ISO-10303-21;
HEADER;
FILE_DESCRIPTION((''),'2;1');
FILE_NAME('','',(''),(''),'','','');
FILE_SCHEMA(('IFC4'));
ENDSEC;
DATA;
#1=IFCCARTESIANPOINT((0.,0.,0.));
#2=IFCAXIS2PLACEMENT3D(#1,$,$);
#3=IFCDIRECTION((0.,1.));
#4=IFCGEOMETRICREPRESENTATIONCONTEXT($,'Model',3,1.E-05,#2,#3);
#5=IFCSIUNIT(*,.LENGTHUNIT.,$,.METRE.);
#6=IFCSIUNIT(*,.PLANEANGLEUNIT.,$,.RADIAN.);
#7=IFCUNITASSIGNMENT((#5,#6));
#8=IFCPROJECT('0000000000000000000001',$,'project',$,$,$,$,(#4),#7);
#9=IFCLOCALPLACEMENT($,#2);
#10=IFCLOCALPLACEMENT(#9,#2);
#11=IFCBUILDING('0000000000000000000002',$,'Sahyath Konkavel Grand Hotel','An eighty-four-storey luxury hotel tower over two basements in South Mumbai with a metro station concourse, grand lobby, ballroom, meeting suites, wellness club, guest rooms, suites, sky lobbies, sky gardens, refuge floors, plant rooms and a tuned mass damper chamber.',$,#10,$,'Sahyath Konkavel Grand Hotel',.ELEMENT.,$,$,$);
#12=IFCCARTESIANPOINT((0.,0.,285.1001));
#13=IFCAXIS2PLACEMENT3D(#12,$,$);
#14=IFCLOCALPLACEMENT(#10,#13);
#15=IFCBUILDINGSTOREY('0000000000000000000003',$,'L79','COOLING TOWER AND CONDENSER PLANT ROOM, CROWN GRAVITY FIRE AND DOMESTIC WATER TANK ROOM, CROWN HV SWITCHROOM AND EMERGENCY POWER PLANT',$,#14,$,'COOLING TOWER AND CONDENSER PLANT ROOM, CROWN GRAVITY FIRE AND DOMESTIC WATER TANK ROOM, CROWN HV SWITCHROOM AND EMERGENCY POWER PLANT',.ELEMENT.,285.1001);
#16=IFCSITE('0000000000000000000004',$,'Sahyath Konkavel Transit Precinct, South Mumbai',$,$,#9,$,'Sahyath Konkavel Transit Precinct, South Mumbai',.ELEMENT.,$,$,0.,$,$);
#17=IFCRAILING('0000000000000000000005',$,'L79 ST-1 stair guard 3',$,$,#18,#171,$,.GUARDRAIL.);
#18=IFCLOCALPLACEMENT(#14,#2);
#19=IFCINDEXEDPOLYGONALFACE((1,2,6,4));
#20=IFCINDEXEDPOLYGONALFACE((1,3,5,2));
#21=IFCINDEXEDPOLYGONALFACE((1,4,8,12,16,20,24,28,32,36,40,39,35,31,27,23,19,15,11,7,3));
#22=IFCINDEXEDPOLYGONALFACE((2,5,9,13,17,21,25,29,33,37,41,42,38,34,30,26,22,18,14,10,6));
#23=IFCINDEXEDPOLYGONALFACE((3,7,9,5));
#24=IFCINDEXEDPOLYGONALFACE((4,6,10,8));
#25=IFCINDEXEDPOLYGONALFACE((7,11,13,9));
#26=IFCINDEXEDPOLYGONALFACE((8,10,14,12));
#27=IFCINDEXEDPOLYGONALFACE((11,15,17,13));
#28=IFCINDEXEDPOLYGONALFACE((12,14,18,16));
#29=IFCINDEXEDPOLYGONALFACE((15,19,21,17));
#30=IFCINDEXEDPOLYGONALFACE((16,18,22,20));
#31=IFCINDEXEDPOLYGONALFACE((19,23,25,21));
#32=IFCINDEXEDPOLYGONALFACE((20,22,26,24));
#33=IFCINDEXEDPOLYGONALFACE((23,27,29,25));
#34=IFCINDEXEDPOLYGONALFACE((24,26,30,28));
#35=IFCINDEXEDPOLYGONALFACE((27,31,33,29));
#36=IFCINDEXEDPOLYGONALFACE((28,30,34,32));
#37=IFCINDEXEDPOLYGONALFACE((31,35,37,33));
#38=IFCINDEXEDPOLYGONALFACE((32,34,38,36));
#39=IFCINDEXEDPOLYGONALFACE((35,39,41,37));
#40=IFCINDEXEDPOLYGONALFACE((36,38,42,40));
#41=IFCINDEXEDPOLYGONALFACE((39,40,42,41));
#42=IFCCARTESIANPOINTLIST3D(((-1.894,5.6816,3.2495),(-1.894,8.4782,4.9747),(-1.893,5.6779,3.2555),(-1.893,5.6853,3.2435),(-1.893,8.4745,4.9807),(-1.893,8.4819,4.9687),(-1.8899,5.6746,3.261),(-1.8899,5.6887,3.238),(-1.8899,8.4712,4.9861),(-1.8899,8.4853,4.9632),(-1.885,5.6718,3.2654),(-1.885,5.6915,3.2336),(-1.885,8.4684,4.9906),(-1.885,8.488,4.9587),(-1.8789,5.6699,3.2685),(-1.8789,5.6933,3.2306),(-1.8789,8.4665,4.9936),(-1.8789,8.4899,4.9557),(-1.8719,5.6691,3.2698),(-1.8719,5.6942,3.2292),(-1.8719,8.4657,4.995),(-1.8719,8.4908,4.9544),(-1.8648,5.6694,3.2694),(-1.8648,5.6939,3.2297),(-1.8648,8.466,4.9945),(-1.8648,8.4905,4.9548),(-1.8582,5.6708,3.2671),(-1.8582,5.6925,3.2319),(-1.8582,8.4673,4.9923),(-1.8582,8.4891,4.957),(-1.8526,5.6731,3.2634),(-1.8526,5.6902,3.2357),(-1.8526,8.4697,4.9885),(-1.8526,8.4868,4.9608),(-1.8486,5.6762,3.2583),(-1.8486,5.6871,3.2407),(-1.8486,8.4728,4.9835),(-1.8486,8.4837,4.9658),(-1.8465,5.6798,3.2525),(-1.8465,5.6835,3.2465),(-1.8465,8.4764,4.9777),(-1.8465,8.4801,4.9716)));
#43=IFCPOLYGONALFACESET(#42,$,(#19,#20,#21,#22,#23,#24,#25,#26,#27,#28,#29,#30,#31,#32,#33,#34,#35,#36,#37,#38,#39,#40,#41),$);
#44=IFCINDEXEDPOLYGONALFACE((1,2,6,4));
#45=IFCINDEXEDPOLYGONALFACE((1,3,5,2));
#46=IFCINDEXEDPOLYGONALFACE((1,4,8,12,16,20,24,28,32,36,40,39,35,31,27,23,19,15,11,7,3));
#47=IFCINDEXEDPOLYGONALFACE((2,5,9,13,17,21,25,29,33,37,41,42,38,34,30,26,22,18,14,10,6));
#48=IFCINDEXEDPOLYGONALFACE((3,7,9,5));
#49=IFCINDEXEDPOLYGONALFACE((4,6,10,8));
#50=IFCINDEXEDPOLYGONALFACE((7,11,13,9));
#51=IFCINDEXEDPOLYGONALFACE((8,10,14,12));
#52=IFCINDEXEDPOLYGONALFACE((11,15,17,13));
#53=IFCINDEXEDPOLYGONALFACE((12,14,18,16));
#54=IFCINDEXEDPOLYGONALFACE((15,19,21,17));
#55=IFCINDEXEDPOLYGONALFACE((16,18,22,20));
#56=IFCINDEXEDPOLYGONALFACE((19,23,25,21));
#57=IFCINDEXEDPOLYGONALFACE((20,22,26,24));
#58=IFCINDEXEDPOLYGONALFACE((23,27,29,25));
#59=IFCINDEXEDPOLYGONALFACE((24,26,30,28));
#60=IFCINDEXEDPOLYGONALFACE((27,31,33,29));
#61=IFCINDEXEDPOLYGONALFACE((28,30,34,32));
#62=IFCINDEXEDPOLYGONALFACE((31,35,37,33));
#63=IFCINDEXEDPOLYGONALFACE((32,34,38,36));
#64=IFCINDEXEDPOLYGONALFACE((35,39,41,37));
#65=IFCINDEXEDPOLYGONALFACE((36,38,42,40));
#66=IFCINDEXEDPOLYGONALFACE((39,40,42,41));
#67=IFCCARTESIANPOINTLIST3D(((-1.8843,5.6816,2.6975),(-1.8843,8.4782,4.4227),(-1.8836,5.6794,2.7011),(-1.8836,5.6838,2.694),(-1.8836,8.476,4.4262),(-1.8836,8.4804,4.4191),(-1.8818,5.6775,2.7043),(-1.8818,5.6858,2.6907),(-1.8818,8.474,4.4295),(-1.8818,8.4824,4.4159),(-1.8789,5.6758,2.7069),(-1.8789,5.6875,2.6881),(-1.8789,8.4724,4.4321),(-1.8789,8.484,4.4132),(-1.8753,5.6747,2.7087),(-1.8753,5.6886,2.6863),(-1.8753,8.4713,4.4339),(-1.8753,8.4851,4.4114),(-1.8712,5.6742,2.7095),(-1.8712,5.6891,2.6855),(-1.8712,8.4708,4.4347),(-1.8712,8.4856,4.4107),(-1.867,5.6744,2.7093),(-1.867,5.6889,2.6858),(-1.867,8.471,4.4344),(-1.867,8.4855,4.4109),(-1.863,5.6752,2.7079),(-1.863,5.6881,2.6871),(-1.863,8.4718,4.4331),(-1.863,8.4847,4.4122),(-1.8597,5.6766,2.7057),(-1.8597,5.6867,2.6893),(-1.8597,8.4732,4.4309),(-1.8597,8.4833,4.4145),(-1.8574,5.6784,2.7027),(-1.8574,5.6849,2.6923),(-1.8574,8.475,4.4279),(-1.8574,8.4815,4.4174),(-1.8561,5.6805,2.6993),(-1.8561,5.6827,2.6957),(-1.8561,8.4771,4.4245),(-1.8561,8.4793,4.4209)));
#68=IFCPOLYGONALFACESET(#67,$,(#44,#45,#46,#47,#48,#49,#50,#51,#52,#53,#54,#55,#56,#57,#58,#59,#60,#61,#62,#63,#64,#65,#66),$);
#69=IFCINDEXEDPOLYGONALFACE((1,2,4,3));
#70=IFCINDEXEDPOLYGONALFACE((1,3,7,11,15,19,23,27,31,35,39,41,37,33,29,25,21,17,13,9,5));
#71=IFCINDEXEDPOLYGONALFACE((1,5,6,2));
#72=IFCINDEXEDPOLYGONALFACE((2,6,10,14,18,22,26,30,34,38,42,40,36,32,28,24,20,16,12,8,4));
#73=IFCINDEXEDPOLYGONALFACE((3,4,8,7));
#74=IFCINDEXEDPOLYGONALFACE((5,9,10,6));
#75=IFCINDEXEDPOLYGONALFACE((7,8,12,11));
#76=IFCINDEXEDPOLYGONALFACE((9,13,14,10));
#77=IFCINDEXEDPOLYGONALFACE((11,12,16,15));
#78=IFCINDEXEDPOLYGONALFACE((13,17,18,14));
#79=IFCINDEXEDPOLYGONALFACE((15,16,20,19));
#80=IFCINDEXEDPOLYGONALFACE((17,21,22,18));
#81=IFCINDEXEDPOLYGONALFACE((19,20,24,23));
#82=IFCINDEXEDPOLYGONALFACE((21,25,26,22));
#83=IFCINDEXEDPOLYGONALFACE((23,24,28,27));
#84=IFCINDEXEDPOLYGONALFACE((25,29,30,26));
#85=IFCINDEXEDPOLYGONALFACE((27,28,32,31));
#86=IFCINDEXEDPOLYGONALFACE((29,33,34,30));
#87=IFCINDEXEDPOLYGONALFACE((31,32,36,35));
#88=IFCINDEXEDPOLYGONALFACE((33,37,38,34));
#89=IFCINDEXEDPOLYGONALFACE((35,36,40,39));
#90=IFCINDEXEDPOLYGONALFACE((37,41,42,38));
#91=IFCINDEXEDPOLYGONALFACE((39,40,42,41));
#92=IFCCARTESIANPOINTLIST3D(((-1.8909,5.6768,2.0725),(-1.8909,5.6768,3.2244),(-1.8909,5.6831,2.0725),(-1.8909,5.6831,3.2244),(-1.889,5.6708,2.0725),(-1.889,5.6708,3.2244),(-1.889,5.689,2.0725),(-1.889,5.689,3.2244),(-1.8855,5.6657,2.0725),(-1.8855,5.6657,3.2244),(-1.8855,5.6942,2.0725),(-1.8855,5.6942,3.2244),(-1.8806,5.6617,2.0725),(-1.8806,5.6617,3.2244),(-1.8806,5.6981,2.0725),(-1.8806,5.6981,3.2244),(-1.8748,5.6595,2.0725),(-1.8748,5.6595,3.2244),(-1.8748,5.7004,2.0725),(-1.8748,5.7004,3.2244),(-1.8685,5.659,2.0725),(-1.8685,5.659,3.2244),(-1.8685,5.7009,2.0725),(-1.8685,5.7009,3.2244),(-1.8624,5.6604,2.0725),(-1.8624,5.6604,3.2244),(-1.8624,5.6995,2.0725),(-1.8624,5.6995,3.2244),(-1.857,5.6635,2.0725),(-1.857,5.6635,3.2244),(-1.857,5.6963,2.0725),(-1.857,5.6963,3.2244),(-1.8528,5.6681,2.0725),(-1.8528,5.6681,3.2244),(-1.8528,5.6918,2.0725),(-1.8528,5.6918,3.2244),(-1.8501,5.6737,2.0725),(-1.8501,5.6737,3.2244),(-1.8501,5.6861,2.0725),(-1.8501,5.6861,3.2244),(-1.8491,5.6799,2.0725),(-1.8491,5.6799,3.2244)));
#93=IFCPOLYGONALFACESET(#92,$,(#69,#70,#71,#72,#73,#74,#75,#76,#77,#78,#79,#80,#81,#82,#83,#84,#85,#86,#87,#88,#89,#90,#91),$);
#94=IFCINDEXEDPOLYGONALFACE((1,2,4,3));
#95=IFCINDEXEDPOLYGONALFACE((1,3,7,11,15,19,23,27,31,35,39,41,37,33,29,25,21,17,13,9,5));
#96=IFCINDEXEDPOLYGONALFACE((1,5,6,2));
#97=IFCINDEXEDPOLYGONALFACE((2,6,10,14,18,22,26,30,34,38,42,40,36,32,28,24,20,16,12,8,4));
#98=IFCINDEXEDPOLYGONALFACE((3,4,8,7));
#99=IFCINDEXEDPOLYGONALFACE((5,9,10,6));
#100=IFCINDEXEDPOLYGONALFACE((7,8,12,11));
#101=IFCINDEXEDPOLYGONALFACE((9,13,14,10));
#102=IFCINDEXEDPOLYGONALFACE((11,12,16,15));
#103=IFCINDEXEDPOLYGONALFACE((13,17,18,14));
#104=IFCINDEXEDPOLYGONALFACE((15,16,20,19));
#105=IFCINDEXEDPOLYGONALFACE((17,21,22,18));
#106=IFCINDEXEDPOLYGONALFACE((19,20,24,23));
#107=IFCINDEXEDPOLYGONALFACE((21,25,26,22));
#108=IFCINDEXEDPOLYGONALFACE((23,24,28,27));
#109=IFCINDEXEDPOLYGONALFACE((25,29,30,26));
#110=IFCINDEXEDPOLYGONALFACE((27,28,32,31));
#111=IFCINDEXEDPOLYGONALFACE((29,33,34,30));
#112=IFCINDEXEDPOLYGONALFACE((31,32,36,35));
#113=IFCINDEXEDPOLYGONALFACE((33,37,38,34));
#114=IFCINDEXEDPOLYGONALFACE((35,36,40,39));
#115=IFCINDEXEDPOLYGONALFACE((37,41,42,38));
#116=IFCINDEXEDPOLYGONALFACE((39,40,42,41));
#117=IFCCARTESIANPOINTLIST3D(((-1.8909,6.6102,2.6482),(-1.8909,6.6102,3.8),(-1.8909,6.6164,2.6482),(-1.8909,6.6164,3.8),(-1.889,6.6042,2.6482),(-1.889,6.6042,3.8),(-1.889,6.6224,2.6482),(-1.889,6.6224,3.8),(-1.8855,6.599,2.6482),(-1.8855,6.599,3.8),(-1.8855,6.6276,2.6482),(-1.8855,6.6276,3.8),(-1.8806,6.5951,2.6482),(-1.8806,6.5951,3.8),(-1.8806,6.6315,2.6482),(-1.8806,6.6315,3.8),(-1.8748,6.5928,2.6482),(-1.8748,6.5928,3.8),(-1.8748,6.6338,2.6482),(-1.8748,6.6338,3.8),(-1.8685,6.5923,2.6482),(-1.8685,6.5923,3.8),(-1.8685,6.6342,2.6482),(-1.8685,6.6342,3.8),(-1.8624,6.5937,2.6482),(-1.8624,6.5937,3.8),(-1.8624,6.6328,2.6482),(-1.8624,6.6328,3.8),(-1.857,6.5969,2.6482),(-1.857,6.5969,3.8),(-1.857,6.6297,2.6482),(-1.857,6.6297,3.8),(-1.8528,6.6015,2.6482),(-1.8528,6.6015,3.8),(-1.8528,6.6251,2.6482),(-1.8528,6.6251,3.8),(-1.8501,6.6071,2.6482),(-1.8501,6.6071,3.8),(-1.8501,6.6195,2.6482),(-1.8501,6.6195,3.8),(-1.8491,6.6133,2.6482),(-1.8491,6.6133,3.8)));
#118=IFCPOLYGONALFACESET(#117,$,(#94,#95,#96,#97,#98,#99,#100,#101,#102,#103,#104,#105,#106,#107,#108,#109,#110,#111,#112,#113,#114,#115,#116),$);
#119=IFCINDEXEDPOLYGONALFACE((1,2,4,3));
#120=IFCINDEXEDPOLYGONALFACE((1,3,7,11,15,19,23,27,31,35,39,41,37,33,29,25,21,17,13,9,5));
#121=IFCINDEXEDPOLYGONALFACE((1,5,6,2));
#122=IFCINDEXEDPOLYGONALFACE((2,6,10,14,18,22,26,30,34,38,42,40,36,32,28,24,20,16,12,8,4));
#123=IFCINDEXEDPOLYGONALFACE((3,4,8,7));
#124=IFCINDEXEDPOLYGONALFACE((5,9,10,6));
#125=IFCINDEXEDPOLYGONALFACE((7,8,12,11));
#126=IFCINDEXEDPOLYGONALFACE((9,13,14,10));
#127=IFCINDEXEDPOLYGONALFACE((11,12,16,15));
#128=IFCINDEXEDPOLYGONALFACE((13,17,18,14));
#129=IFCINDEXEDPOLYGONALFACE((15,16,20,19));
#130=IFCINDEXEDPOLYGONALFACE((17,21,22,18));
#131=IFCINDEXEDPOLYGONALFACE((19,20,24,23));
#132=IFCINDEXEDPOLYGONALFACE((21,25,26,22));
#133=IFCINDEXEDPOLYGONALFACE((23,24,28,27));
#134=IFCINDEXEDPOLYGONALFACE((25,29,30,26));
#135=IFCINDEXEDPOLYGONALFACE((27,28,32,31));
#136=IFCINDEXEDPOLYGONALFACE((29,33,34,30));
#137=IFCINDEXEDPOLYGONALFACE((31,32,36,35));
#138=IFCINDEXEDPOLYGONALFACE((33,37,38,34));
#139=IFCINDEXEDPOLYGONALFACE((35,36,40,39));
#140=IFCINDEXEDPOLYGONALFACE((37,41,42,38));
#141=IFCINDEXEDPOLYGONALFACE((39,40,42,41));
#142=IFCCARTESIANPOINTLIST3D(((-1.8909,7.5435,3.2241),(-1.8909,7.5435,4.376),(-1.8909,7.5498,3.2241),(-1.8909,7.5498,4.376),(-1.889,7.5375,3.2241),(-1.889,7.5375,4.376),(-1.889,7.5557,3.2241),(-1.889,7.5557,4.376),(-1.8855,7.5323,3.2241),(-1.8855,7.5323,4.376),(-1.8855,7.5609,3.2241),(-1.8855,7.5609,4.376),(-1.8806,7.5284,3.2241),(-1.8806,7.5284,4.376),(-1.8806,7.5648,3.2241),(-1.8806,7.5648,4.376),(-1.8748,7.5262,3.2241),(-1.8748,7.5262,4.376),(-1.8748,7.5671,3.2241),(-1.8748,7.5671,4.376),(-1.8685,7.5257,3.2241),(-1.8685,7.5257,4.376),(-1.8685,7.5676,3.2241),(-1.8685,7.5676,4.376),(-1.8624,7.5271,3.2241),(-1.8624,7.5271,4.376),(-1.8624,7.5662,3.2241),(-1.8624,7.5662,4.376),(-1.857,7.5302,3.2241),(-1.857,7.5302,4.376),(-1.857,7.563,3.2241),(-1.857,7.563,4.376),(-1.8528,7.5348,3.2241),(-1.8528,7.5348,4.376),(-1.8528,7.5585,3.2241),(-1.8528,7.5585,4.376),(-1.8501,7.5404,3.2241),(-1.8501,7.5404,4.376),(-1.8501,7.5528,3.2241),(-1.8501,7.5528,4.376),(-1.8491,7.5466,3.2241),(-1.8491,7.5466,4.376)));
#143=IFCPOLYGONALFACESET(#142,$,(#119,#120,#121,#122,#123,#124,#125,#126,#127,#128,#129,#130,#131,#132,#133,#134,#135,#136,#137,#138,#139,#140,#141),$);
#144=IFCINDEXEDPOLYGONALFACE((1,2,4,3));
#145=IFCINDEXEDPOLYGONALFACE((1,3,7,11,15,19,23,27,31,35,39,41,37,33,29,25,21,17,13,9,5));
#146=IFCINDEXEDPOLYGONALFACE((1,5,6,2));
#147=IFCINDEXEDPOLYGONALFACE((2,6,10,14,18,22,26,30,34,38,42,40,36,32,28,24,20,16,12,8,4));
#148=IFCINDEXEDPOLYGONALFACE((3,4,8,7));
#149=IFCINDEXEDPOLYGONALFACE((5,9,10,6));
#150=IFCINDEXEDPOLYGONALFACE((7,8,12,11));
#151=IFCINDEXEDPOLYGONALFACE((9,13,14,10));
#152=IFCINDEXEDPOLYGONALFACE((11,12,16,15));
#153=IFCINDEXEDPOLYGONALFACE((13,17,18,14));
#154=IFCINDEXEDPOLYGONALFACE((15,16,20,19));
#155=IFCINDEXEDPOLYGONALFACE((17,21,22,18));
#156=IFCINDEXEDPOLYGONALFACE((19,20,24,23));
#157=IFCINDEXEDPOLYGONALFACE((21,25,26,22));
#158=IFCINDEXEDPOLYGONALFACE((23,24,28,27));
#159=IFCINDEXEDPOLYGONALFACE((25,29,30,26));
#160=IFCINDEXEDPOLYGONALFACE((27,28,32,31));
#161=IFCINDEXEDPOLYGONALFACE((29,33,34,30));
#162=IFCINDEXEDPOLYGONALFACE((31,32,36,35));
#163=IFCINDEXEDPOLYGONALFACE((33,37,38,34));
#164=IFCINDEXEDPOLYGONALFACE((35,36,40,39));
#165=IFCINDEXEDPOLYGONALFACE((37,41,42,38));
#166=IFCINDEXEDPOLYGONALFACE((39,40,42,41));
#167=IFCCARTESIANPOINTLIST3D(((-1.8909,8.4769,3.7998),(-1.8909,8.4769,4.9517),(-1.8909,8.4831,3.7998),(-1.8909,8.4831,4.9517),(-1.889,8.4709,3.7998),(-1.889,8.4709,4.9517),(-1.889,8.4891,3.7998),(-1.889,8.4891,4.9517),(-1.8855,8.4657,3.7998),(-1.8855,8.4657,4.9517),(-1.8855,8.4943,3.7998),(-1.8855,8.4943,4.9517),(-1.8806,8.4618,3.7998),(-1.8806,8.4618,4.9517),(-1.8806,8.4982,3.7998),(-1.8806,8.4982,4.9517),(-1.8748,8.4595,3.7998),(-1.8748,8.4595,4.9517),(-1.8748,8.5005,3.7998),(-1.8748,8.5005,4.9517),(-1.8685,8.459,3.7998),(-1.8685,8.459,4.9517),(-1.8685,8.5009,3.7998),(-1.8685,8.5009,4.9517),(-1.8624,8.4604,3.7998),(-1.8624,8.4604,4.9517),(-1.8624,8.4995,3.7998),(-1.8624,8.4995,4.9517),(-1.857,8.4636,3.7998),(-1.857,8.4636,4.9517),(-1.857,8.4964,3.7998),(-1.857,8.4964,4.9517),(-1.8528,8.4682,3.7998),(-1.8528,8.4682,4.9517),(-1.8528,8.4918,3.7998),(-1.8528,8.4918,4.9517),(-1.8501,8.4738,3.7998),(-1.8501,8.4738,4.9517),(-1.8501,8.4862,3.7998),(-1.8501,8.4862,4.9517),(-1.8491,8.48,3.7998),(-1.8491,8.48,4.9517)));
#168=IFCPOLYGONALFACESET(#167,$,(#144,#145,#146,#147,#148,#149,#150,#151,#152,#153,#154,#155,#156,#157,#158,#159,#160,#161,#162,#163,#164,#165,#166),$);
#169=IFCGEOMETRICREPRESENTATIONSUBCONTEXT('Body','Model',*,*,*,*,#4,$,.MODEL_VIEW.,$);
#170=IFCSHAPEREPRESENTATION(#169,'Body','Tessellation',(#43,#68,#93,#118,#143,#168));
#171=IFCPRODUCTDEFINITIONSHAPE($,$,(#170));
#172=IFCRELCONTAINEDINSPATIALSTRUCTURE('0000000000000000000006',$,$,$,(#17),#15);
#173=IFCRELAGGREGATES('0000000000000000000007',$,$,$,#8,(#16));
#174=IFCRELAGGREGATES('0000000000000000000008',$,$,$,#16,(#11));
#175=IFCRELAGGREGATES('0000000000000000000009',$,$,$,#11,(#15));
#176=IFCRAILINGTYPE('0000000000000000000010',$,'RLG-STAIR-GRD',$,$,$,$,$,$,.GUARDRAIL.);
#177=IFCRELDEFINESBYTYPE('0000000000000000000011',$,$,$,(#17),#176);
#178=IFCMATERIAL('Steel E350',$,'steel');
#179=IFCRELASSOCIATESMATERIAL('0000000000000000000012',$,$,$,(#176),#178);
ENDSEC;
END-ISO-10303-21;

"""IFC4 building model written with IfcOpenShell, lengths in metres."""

from ifc_helpers import new_model, si_unit, direction, frame, origin, origin_2d, place, context, subcontext, project, spatial, circle, extrude, material, type_object, element, save


model = new_model("IFC4")

# Units and contexts
model_context = context("Model", 3, precision=1e-05, world=origin(), true_north=direction((0.0, 1.0)))
body_context = subcontext(model_context, "Body", "Model", "MODEL_VIEW")
ifc_project = project(units=[si_unit("LENGTHUNIT", "METRE"), si_unit("PLANEANGLEUNIT", "RADIAN")], contexts=[model_context])

# Site, building, storey
site_placement = place(None, origin())
site = spatial("IfcSite", under=ifc_project, at=site_placement, Name="Sahyath Konkavel Transit Precinct, South Mumbai", LongName="Sahyath Konkavel Transit Precinct, South Mumbai", CompositionType="ELEMENT", RefElevation=0.0)
building_placement = place(site_placement, origin())
building = spatial("IfcBuilding", under=site, at=building_placement, Name="Sahyath Konkavel Grand Hotel", Description="An eighty-four-storey luxury hotel tower over two basements in South Mumbai with a metro station concourse, grand lobby, ballroom, meeting suites, wellness club, guest rooms, suites, sky lobbies, sky gardens, refuge floors, plant rooms and a tuned mass damper chamber.", LongName="Sahyath Konkavel Grand Hotel", CompositionType="ELEMENT")
storey_placement = place(building_placement, frame((0.0, 0.0, 285.1001)))
storey = spatial("IfcBuildingStorey", under=building, at=storey_placement, Name="L79", Description="COOLING TOWER AND CONDENSER PLANT ROOM, CROWN GRAVITY FIRE AND DOMESTIC WATER TANK ROOM, CROWN HV SWITCHROOM AND EMERGENCY POWER PLANT", LongName="COOLING TOWER AND CONDENSER PLANT ROOM, CROWN GRAVITY FIRE AND DOMESTIC WATER TANK ROOM, CROWN HV SWITCHROOM AND EMERGENCY POWER PLANT", CompositionType="ELEMENT", Elevation=285.1001)

# Shared definitions
ifc_material_1 = material(Name="Steel E350", Category="steel")

# Railing
railing_type_1 = type_object("IfcRailingType", Name="RLG-STAIR-GRD", PredefinedType="GUARDRAIL", material=ifc_material_1)
railing_1_placement = place(storey_placement, frame((-1.8701, 5.6799, 2.0725)))
element("IfcRailing", 1, at=railing_1_placement, inside=storey, type_object=railing_type_1, Name="L79 ST-1 stair guard 3", PredefinedType="GUARDRAIL", context=body_context, shape_type="SweptSolid", body=[
    extrude(circle(Radius=0.0239, at=origin_2d()), frame((0.0, 0.0017, 1.177), z_axis=(0.0, 0.85109, 0.52502), x_axis=(-1.0, 0.0, 0.0)), (0.0, 0.0, 1.0), 3.2859),
    extrude(circle(Radius=0.0142, at=origin_2d()), frame((0.0, 0.0017, 0.625), z_axis=(0.0, 0.85109, 0.52502), x_axis=(-1.0, 0.0, 0.0)), (0.0, 0.0, 1.0), 3.2859),
    extrude(circle(Radius=0.021, at=origin_2d()), origin(), (0.0, 0.0, 1.0), 1.1519),
    extrude(circle(Radius=0.021, at=origin_2d()), frame((0.0, 0.9333, 0.5757)), (0.0, 0.0, 1.0), 1.1519),
    extrude(circle(Radius=0.021, at=origin_2d()), frame((0.0, 1.8667, 1.1516)), (0.0, 0.0, 1.0), 1.1519),
    extrude(circle(Radius=0.021, at=origin_2d()), frame((0.0, 2.8, 1.7273)), (0.0, 0.0, 1.0), 1.1519),
])

save(model, "model.ifc")
